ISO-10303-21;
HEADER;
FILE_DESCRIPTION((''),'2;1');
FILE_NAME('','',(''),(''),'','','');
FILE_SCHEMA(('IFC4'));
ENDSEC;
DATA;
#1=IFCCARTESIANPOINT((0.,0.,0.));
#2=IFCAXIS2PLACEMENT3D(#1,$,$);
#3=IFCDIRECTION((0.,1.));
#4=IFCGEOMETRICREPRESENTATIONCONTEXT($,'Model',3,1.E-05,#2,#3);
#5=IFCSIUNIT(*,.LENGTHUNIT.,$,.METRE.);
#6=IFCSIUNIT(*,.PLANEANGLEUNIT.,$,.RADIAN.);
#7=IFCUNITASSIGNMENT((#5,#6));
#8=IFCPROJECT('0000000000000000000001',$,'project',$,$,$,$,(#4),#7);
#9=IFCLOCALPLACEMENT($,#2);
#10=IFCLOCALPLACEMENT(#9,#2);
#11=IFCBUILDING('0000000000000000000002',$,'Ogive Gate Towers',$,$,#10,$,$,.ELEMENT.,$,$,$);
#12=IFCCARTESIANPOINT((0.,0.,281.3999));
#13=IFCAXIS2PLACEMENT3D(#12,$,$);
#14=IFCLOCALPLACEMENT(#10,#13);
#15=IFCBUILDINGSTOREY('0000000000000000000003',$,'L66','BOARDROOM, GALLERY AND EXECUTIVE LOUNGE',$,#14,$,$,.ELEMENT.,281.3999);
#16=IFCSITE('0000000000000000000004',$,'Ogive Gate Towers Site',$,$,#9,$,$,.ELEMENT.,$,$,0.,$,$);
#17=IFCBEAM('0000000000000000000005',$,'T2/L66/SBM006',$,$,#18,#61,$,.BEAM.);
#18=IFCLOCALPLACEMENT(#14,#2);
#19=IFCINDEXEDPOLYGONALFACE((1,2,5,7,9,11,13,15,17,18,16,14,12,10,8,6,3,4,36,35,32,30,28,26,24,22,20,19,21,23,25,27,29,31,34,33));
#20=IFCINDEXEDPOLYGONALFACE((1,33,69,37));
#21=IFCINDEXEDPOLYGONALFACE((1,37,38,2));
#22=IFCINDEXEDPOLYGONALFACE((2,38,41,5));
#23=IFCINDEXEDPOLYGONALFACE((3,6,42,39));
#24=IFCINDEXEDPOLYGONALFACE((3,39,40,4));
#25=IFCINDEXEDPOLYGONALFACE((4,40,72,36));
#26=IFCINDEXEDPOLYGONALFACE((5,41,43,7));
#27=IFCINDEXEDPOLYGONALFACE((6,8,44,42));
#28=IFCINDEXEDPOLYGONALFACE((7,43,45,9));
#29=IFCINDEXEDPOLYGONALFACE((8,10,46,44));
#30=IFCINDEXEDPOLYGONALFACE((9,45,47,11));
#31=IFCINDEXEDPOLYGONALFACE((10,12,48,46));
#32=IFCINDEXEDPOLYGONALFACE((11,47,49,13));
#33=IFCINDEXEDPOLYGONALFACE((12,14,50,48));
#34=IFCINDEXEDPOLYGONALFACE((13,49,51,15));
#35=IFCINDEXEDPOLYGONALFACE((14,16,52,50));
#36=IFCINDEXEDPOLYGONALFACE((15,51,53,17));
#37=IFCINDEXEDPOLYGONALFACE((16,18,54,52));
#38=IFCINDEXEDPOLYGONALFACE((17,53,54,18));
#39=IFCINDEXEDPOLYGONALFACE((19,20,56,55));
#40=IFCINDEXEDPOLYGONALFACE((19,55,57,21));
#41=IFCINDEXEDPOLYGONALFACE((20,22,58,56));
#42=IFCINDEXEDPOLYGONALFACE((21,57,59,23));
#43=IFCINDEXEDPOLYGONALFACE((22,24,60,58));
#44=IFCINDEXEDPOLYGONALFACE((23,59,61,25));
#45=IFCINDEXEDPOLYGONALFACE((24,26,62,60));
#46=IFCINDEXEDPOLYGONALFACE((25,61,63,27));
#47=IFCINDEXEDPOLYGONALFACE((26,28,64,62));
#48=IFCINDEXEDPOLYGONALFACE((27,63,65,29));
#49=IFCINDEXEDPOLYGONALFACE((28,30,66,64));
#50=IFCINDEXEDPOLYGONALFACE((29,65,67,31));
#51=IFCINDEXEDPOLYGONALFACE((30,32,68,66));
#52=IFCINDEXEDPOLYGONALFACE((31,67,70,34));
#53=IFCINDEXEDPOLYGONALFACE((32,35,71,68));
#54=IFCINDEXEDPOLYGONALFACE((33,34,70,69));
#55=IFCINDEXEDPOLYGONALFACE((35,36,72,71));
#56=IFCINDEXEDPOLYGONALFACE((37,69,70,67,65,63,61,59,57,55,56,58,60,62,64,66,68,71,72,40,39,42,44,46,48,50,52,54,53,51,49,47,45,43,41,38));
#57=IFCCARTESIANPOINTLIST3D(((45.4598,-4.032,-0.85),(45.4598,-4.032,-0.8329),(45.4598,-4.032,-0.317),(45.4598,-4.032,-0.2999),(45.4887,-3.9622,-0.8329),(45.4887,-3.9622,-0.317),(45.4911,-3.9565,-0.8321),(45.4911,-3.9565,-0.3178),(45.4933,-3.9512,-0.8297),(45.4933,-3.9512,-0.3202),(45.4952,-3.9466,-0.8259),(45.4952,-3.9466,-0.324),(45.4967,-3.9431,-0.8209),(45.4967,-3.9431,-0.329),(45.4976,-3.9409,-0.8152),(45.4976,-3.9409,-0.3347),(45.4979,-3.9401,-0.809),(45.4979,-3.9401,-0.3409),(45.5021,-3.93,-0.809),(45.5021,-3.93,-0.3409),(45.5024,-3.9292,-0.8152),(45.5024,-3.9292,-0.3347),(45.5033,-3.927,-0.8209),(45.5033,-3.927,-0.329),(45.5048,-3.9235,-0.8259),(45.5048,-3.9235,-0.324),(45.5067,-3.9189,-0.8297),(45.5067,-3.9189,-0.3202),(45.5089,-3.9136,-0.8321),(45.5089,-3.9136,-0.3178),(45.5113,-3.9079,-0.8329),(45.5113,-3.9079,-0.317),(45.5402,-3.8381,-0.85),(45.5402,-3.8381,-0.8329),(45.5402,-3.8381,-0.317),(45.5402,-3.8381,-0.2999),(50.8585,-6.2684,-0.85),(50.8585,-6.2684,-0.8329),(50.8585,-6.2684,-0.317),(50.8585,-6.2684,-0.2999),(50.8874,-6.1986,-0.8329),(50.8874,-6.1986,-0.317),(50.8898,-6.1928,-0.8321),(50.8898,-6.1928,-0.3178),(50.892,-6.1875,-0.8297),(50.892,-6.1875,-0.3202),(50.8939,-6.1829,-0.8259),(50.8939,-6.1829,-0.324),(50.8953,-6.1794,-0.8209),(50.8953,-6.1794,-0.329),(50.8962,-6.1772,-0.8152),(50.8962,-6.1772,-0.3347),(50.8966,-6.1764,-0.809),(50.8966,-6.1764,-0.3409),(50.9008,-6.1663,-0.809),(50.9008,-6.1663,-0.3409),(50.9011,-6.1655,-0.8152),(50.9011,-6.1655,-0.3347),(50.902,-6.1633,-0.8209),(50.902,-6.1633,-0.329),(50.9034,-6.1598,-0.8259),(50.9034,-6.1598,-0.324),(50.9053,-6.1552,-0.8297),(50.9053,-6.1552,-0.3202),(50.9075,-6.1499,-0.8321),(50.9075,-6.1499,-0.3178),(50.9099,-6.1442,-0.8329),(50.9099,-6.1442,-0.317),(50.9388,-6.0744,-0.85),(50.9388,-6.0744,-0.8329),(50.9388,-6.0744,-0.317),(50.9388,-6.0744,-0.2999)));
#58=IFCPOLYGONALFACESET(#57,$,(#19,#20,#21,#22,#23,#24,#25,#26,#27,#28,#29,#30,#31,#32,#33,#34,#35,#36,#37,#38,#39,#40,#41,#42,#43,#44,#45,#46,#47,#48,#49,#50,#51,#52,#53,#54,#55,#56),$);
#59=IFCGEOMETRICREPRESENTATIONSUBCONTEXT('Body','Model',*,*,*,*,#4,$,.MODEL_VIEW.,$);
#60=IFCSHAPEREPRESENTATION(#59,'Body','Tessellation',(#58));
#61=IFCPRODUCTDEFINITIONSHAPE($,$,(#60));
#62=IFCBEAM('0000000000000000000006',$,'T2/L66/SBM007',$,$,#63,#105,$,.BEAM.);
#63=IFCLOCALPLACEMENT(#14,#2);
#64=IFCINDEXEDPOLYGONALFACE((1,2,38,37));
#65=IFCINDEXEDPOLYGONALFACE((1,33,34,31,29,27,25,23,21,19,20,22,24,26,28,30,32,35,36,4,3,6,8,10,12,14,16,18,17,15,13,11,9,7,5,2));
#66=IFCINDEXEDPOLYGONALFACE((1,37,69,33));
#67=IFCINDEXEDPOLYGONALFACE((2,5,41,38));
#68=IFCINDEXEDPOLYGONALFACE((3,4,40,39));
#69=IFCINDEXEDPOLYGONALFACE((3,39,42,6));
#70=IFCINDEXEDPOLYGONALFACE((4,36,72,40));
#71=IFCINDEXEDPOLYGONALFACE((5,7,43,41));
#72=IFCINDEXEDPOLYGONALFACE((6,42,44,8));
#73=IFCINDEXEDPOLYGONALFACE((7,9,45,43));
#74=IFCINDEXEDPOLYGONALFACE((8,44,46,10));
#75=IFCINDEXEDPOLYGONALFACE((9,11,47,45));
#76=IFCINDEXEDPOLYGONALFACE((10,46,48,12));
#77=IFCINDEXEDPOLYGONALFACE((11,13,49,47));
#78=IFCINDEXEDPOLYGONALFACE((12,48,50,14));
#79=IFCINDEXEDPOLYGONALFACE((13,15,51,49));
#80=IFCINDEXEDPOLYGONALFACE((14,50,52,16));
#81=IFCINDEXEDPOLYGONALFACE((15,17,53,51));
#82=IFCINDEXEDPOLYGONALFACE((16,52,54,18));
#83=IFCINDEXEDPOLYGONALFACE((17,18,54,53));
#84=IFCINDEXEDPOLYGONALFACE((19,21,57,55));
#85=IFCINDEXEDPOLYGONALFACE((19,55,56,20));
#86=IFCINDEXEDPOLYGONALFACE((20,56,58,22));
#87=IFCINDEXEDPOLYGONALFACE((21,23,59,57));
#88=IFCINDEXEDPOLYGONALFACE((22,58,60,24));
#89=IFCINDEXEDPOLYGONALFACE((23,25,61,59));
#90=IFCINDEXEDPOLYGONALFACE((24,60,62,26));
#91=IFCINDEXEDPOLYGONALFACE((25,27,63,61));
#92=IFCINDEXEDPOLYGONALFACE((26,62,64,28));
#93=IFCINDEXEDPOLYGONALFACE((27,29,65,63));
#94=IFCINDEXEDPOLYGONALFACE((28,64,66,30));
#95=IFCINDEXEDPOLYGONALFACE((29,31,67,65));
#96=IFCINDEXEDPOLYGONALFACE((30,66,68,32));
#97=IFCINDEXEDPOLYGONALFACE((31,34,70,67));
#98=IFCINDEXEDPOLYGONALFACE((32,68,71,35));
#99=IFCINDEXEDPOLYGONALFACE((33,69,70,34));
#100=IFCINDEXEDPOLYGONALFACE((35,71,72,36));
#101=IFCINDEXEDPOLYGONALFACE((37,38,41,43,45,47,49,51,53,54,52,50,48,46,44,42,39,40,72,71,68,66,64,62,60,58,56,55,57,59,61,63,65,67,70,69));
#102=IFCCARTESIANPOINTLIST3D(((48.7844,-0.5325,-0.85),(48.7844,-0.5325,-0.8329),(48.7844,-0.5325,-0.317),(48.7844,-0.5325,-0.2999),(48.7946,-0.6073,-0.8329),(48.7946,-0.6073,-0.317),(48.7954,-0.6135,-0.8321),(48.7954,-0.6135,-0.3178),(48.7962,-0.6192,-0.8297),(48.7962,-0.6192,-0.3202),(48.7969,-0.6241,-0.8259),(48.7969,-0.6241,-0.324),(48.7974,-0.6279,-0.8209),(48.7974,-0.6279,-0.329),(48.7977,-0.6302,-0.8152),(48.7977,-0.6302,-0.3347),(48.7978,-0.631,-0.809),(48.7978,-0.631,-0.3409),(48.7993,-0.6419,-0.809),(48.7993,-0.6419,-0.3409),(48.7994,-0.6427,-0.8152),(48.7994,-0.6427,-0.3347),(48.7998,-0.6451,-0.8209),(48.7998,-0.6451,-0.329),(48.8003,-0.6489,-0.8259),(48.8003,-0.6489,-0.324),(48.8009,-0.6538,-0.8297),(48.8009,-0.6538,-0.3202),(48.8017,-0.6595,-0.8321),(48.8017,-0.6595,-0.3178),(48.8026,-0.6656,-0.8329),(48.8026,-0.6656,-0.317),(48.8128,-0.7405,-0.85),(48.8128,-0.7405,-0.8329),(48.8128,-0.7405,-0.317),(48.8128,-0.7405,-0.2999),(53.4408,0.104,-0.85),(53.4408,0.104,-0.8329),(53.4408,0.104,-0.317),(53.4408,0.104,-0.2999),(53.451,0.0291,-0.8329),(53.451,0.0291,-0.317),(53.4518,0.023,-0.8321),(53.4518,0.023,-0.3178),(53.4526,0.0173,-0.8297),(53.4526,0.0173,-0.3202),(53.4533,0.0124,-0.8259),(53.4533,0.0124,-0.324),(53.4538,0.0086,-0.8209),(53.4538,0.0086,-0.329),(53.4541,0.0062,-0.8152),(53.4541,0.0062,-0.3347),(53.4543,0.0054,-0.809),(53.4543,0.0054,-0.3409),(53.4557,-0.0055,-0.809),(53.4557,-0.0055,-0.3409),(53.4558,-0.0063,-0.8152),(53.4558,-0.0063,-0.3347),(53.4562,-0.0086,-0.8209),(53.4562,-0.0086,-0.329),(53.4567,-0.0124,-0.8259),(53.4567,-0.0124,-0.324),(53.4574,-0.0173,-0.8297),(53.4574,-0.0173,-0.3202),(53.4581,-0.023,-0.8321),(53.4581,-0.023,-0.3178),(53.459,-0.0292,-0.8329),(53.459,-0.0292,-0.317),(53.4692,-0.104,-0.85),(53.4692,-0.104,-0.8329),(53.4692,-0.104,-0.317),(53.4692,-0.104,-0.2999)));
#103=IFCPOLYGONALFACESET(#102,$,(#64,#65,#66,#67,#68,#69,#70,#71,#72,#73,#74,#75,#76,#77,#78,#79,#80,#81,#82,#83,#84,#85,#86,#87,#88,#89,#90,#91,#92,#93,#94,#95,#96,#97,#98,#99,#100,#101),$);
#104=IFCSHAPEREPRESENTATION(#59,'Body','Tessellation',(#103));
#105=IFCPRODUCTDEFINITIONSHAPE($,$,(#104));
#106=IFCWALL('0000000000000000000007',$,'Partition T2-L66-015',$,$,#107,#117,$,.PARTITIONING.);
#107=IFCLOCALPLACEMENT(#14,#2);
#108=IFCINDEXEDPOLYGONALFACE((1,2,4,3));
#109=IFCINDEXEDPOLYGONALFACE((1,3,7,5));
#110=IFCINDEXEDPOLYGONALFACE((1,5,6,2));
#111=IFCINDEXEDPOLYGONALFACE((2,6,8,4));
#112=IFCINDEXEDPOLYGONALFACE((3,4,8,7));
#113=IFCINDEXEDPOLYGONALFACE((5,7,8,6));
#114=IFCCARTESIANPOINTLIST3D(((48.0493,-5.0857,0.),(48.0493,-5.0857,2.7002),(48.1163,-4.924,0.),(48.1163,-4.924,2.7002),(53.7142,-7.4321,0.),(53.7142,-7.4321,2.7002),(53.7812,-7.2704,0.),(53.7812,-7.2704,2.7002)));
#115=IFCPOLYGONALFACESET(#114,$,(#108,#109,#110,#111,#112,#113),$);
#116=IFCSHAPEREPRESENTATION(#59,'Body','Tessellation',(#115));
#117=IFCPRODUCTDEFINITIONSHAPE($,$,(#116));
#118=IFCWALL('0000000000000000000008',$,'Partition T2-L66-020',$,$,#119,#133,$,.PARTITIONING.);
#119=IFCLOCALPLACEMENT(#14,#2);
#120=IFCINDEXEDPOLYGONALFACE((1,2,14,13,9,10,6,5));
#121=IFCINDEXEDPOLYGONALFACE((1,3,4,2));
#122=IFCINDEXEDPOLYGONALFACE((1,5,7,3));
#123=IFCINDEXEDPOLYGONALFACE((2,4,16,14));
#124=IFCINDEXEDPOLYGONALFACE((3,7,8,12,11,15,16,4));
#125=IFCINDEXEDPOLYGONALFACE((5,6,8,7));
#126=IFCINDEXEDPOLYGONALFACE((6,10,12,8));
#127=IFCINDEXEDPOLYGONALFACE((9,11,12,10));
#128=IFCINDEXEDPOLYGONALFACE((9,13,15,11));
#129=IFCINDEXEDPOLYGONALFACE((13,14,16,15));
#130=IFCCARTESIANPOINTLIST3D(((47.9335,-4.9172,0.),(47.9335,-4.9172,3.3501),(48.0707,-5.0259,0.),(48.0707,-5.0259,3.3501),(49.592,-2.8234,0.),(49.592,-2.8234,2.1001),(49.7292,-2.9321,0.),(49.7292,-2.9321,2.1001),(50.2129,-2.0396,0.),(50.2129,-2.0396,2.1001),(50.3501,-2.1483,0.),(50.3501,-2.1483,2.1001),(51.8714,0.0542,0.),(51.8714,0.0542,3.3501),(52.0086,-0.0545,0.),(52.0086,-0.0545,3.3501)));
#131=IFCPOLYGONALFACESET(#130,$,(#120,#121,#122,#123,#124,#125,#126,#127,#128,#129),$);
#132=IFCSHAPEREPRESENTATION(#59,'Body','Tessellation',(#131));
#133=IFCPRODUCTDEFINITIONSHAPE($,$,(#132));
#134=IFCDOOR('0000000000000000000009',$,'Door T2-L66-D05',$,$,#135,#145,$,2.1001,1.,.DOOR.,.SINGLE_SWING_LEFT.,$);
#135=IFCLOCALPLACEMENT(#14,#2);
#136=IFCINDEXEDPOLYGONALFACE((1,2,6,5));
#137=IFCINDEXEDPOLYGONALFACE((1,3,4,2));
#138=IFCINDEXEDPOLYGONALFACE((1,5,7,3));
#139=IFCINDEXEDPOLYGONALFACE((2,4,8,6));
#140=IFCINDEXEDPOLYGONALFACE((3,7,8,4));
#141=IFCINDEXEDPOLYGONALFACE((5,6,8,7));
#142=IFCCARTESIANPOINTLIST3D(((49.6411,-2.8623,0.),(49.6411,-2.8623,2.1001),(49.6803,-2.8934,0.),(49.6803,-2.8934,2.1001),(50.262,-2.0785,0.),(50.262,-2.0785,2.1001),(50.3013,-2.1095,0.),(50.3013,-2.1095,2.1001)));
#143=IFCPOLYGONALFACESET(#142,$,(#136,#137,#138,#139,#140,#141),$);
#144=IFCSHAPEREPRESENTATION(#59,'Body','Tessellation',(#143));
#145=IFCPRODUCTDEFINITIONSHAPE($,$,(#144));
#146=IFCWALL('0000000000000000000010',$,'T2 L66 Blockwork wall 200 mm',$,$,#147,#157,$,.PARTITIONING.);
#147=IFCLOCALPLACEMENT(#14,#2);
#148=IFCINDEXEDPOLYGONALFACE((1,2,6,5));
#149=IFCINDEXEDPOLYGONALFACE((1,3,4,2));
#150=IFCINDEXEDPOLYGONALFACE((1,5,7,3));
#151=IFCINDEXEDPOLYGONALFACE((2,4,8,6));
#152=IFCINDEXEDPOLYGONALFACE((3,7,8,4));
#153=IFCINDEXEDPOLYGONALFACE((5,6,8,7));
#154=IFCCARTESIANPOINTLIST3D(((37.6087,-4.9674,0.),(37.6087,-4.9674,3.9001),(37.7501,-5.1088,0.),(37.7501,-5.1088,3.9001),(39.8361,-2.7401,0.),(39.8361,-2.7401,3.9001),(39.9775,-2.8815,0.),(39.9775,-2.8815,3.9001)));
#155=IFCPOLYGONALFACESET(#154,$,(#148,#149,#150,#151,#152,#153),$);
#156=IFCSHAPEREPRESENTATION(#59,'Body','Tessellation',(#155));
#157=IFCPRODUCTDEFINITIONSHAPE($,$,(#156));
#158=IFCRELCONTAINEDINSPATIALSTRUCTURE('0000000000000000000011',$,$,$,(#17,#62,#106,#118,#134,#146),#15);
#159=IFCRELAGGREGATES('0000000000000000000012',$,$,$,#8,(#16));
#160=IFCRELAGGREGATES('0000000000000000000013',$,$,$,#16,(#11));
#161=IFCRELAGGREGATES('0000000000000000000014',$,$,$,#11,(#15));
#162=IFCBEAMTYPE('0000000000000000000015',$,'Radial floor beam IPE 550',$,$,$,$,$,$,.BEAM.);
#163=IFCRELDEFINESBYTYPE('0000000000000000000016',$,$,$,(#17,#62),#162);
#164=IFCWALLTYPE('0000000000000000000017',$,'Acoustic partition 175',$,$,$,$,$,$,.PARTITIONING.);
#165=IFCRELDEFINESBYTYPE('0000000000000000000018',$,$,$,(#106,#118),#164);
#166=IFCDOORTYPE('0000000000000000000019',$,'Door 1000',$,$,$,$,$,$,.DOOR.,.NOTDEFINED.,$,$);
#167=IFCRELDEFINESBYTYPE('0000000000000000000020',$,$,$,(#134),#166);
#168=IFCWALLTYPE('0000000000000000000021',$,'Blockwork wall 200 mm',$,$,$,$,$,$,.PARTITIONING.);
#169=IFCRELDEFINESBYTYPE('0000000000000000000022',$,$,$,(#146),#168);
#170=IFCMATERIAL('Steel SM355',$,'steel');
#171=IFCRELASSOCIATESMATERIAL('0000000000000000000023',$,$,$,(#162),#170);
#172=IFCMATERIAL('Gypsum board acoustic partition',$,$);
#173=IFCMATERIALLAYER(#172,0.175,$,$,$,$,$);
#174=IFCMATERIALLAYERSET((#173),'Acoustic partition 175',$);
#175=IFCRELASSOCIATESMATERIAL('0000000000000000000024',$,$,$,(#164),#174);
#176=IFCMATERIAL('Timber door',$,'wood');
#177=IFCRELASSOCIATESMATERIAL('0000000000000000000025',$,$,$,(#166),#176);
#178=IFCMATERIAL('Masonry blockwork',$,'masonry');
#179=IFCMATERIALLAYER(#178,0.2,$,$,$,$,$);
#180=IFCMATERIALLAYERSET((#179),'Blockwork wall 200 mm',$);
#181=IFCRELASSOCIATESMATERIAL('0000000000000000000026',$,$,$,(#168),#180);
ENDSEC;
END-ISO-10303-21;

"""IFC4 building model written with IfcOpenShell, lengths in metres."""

from ifc_helpers import new_model, si_unit, direction, frame, frame_2d, origin, origin_2d, place, context, subcontext, project, spatial, rectangle, i_section, extrude, material, layer, layer_set, material_profile, profile_set, type_object, element, fill, save


model = new_model("IFC4")

# Units and contexts
model_context = context("Model", 3, precision=1e-05, world=origin(), true_north=direction((0.0, 1.0)))
body_context = subcontext(model_context, "Body", "Model", "MODEL_VIEW")
ifc_project = project(units=[si_unit("LENGTHUNIT", "METRE"), si_unit("PLANEANGLEUNIT", "RADIAN")], contexts=[model_context])

# Site, building, storey
site_placement = place(None, origin())
site = spatial("IfcSite", under=ifc_project, at=site_placement, Name="Ogive Gate Towers Site", CompositionType="ELEMENT", RefElevation=0.0)
building_placement = place(site_placement, origin())
building = spatial("IfcBuilding", under=site, at=building_placement, Name="Ogive Gate Towers", CompositionType="ELEMENT")
storey_placement = place(building_placement, frame((0.0, 0.0, 281.3999)))
storey = spatial("IfcBuildingStorey", under=building, at=storey_placement, Name="L66", Description="BOARDROOM, GALLERY AND EXECUTIVE LOUNGE", CompositionType="ELEMENT", Elevation=281.3999)

# Beams
ifc_material_1 = material(Name="Steel SM355", Category="steel")
ifc_material_profile_1 = material_profile(ifc_material_1, i_section(OverallWidth=0.21, OverallDepth=0.55, WebThickness=0.011, FlangeThickness=0.0171, FilletRadius=0.0239, at=origin_2d()), Name="IPE 550")
ifc_profile_set_1 = profile_set([ifc_material_profile_1], Name="Steel SM355")
beam_type_1 = type_object("IfcBeamType", Name="Radial floor beam IPE 550", PredefinedType="BEAM", material=ifc_profile_set_1)
beam_1_placement = place(storey_placement, frame((45.5, -3.9351, -0.575), z_axis=(0.923872, -0.382701, 0.0), x_axis=(0.382701, 0.923872, 0.0)))
element("IfcBeam", 1, at=beam_1_placement, inside=storey, type_object=beam_type_1, Name="T2/L66/SBM006", PredefinedType="BEAM", context=body_context, shape_type="SweptSolid", body=[
    extrude(i_section(OverallWidth=0.21, OverallDepth=0.55, WebThickness=0.011, FlangeThickness=0.0171, FilletRadius=0.0239, at=origin_2d()), origin(), (0.0, 0.0, 1.0), 5.8435),
])
beam_2_placement = place(storey_placement, frame((48.7986, -0.6365, -0.575), z_axis=(0.990787, 0.135426, 0.0), x_axis=(-0.135426, 0.990787, 0.0)))
element("IfcBeam", 2, at=beam_2_placement, inside=storey, type_object=beam_type_1, Name="T2/L66/SBM007", PredefinedType="BEAM", context=body_context, shape_type="SweptSolid", body=[
    extrude(i_section(OverallWidth=0.21, OverallDepth=0.55, WebThickness=0.011, FlangeThickness=0.0171, FilletRadius=0.0239, at=origin_2d()), origin(), (0.0, 0.0, 1.0), 4.6997),
])

# Wall
ifc_material_2 = material(Name="Gypsum board acoustic partition")
ifc_layer_1 = layer(ifc_material_2, 0.175)
ifc_layer_set_1 = layer_set([ifc_layer_1], Name="Acoustic partition 175")
wall_type_1 = type_object("IfcWallType", Name="Acoustic partition 175", PredefinedType="PARTITIONING", material=ifc_layer_set_1)
wall_1_placement = place(storey_placement, frame((53.7478, -7.3513, 0.0), z_axis=(0.0, 0.0, 1.0), x_axis=(-0.923879, 0.382684, 0.0)))
element("IfcWall", 3, at=wall_1_placement, inside=storey, type_object=wall_type_1, Name="Partition T2-L66-015", PredefinedType="PARTITIONING", context=body_context, shape_type="SweptSolid", body=[
    extrude(rectangle(XDim=6.1316, YDim=0.175, at=frame_2d((3.0659, 0.0))), origin(), (0.0, 0.0, 1.0), 2.7002),
])

# Wall, opening, door
wall_2_placement = place(storey_placement, frame((48.0022, -4.9714, 0.0), z_axis=(0.0, 0.0, 1.0), x_axis=(0.620923, 0.783872, 0.0)))
wall_2 = element("IfcWall", 4, at=wall_2_placement, inside=storey, type_object=wall_type_1, Name="Partition T2-L66-020", PredefinedType="PARTITIONING", context=body_context, shape_type="SweptSolid", body=[
    extrude(rectangle(XDim=6.342, YDim=0.175, at=frame_2d((3.1709, 0.0))), origin(), (0.0, 0.0, 1.0), 3.3501),
])
opening_1_placement = place(wall_2_placement, frame((2.6709, 0.0, 0.0)))
opening_1 = element("IfcOpeningElement", 5, at=opening_1_placement, cuts=wall_2, PredefinedType="OPENING", context=body_context, shape_type="SweptSolid", body=[
    extrude(rectangle(XDim=1.0, YDim=2.1001, at=frame_2d((0.5, 1.05))), frame((0.0, 0.0977, 0.0), z_axis=(0.0, -1.0, 0.0), x_axis=(1.0, 0.0, 0.0)), (0.0, 0.0, 1.0), 0.1951),
])
ifc_material_3 = material(Name="Timber door", Category="wood")
door_type_1 = type_object("IfcDoorType", Name="Door 1000", OperationType="NOTDEFINED", PredefinedType="DOOR", material=ifc_material_3)
door_1_placement = place(opening_1_placement, origin())
door_1 = element("IfcDoor", 6, at=door_1_placement, inside=storey, type_object=door_type_1, Name="Door T2-L66-D05", OperationType="SINGLE_SWING_LEFT", OverallHeight=2.1001, OverallWidth=1.0, PredefinedType="DOOR", context=body_context, shape_type="SweptSolid", body=[
    extrude(rectangle(XDim=1.0, YDim=2.1001, at=frame_2d((0.5, 1.05))), frame((0.0, 0.0249, 0.0), z_axis=(0.0, -1.0, 0.0), x_axis=(1.0, 0.0, 0.0)), (0.0, 0.0, 1.0), 0.05),
])
fill(opening_1, door_1)

# Wall
ifc_material_4 = material(Name="Masonry blockwork", Category="masonry")
ifc_layer_2 = layer(ifc_material_4, 0.2)
ifc_layer_set_2 = layer_set([ifc_layer_2], Name="Blockwork wall 200 mm")
wall_type_2 = type_object("IfcWallType", Name="Blockwork wall 200 mm", PredefinedType="PARTITIONING", material=ifc_layer_set_2)
wall_3_placement = place(storey_placement, frame((37.6794, -5.0381, 0.0), z_axis=(0.0, 0.0, 1.0), x_axis=(0.707107, 0.707107, 0.0)))
element("IfcWall", 7, at=wall_3_placement, inside=storey, type_object=wall_type_2, Name="T2 L66 Blockwork wall 200 mm", PredefinedType="PARTITIONING", context=body_context, shape_type="SweptSolid", body=[
    extrude(rectangle(XDim=3.1499, YDim=0.2, at=frame_2d((1.575, 0.0))), origin(), (0.0, 0.0, 1.0), 3.9001),
])

save(model, "model.ifc")
